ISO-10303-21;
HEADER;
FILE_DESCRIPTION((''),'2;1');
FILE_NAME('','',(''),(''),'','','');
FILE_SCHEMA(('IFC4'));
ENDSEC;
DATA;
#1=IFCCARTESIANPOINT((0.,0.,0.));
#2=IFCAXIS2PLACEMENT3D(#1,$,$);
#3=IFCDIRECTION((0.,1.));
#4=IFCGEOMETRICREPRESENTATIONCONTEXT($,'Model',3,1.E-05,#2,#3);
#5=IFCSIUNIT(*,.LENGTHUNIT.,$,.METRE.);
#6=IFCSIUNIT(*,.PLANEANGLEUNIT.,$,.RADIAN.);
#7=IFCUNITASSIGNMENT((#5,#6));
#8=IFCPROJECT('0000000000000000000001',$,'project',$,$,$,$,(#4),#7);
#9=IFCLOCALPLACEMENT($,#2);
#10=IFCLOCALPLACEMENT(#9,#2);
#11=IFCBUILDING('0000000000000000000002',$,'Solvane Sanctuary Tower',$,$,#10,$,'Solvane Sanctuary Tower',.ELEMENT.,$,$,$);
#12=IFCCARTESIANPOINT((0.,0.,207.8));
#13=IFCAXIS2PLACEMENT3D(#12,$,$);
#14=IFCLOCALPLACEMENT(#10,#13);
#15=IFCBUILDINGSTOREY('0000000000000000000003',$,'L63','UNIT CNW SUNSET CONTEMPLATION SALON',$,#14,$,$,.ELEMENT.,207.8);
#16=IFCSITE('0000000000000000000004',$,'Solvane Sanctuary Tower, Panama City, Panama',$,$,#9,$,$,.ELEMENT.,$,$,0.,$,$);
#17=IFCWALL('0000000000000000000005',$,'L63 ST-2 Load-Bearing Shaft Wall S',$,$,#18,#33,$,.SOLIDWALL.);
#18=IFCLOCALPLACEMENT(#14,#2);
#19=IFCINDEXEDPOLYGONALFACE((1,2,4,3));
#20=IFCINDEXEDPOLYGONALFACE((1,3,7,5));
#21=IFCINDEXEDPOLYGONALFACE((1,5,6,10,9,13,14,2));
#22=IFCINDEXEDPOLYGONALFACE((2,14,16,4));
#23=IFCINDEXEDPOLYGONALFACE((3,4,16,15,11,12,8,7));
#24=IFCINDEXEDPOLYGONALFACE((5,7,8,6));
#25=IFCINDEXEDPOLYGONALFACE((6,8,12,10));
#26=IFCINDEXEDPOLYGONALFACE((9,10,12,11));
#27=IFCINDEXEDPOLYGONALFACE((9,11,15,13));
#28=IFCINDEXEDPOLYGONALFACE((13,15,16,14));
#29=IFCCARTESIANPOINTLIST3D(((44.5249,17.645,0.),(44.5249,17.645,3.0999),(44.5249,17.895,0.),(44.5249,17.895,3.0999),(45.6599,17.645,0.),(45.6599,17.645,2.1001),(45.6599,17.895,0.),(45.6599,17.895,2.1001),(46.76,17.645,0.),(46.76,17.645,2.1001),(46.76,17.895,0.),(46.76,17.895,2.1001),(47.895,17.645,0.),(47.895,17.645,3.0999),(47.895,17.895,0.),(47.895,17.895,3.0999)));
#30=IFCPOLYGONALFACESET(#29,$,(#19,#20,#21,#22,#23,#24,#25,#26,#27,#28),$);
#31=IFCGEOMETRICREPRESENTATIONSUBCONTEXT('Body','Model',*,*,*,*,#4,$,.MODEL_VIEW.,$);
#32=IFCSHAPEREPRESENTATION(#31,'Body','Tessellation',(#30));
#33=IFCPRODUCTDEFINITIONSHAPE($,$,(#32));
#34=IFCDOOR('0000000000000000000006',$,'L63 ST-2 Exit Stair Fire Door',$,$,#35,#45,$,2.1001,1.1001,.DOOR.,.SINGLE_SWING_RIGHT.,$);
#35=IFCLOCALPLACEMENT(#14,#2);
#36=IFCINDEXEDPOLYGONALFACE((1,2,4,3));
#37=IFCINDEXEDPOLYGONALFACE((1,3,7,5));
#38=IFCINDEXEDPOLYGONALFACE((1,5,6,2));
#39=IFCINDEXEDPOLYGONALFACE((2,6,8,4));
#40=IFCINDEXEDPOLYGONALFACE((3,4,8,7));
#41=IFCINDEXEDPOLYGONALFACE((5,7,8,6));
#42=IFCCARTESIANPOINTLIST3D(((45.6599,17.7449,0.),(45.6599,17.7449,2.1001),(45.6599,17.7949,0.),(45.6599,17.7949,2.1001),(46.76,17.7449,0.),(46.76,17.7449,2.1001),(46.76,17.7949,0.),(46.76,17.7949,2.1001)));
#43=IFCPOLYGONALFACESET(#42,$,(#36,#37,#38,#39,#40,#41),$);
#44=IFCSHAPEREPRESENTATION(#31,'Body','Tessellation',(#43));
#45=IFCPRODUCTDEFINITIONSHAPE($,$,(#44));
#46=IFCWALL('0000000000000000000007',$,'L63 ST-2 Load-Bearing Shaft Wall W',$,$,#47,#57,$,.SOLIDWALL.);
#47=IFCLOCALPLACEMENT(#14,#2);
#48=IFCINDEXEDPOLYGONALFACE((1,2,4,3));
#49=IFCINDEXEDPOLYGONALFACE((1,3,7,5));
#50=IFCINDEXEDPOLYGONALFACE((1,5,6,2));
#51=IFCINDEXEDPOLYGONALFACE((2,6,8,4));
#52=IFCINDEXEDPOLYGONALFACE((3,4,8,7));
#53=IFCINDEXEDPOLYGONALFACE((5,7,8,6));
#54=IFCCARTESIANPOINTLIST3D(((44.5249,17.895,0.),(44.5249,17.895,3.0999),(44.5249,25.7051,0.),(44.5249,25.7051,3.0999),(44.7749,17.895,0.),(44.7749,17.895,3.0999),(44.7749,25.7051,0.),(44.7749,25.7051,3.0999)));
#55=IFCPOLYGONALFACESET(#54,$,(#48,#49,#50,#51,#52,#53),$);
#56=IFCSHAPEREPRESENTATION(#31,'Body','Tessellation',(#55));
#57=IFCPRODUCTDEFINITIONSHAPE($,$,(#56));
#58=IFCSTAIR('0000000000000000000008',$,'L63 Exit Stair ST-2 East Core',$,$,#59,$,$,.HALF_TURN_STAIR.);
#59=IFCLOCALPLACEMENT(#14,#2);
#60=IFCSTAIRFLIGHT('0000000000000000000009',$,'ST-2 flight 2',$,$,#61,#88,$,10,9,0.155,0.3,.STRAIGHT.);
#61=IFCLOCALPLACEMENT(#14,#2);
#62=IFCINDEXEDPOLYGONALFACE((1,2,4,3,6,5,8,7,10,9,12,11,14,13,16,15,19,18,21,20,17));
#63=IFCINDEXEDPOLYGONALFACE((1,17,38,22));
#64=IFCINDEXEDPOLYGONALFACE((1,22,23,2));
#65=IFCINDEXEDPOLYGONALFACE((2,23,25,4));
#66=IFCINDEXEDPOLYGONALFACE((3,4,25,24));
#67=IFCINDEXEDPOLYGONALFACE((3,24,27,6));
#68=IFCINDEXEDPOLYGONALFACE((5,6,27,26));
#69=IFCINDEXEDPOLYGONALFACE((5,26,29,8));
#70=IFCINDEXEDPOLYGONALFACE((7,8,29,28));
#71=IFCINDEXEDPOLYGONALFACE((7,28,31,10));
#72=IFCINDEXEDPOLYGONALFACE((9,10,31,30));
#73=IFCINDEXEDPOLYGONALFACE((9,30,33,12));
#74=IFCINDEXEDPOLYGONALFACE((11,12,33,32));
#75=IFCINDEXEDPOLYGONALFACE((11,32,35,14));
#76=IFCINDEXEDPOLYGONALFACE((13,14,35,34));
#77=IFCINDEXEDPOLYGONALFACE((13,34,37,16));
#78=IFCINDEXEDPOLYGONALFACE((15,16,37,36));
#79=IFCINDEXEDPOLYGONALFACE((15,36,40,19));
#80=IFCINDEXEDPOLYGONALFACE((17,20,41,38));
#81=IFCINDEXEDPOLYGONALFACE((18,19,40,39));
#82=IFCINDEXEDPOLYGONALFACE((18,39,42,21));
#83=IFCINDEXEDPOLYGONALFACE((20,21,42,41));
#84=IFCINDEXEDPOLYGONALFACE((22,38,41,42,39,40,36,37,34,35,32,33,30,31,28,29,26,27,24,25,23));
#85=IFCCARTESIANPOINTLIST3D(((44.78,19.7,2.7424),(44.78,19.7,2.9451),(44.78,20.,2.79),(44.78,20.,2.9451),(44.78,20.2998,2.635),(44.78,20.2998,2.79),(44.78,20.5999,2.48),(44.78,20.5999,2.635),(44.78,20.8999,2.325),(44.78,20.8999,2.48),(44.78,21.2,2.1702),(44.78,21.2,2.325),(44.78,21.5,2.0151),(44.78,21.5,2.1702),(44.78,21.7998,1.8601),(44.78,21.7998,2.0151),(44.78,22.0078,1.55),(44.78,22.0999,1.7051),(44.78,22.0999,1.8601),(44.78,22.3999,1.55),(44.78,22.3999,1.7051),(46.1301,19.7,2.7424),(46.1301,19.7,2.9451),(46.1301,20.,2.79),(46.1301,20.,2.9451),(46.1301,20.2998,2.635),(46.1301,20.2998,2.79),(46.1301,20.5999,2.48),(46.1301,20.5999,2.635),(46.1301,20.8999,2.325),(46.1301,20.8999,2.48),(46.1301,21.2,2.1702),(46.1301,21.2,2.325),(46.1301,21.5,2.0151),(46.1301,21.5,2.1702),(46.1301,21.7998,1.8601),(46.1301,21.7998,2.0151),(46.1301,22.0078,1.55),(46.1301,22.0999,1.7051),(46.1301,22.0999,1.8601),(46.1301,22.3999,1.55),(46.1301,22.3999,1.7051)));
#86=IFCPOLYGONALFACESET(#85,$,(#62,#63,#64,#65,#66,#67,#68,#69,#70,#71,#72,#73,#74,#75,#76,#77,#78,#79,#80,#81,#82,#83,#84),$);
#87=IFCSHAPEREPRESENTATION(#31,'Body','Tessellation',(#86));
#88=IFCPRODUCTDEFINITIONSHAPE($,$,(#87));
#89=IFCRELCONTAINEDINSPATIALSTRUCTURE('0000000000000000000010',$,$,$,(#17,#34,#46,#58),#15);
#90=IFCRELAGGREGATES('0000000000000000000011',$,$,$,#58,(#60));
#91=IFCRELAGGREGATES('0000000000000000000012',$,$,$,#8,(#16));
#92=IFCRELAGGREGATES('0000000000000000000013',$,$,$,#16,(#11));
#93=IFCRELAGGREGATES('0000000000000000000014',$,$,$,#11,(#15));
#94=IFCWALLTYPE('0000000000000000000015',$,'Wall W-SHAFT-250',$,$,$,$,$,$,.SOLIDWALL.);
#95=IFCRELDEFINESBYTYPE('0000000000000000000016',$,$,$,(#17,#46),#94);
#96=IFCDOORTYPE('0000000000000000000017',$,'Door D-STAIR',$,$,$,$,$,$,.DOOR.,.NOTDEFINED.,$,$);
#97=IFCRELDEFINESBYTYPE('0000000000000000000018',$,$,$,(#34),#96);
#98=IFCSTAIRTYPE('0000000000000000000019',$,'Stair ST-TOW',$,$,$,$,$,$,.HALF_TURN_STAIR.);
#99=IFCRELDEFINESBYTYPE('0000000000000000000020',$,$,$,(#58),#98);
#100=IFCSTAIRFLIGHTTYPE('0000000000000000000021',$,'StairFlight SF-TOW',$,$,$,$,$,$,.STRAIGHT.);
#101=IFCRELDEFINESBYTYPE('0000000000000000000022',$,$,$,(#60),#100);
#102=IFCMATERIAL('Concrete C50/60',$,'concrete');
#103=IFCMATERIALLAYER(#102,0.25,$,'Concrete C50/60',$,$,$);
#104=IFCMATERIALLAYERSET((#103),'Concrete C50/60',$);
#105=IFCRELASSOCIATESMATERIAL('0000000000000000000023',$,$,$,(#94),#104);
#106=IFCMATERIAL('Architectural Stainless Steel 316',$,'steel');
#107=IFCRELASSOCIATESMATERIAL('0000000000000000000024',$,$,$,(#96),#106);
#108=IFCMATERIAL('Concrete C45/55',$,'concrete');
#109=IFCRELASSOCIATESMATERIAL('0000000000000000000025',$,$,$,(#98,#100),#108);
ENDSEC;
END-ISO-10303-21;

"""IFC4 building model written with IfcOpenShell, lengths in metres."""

from ifc_helpers import new_model, si_unit, direction, frame, frame_2d, origin, place, context, subcontext, project, spatial, polyline, rectangle, outline, extrude, material, layer, layer_set, type_object, element, fill, aggregate, save


model = new_model("IFC4")

# Units and contexts
model_context = context("Model", 3, precision=1e-05, world=origin(), true_north=direction((0.0, 1.0)))
body_context = subcontext(model_context, "Body", "Model", "MODEL_VIEW")
ifc_project = project(units=[si_unit("LENGTHUNIT", "METRE"), si_unit("PLANEANGLEUNIT", "RADIAN")], contexts=[model_context])

# Site, building, storey
site_placement = place(None, origin())
site = spatial("IfcSite", under=ifc_project, at=site_placement, Name="Solvane Sanctuary Tower, Panama City, Panama", CompositionType="ELEMENT", RefElevation=0.0)
building_placement = place(site_placement, origin())
building = spatial("IfcBuilding", under=site, at=building_placement, Name="Solvane Sanctuary Tower", LongName="Solvane Sanctuary Tower", CompositionType="ELEMENT")
storey_placement = place(building_placement, frame((0.0, 0.0, 207.8)))
storey = spatial("IfcBuildingStorey", under=building, at=storey_placement, Name="L63", Description="UNIT CNW SUNSET CONTEMPLATION SALON", CompositionType="ELEMENT", Elevation=207.8)

# Shared definitions
ifc_material_1 = material(Name="Concrete C50/60", Category="concrete")

# Shared definitions
ifc_material_2 = material(Name="Architectural Stainless Steel 316", Category="steel")

# Wall, opening, door
ifc_layer_1 = layer(ifc_material_1, 0.25, Name="Concrete C50/60")
ifc_layer_set_1 = layer_set([ifc_layer_1], Name="Concrete C50/60")
wall_type_1 = type_object("IfcWallType", Name="Wall W-SHAFT-250", PredefinedType="SOLIDWALL", material=ifc_layer_set_1)
wall_1_placement = place(storey_placement, frame((44.5249, 17.77, 0.0), z_axis=(0.0, 0.0, 1.0), x_axis=(1.0, 0.0, 0.0)))
wall_1 = element("IfcWall", 1, at=wall_1_placement, inside=storey, type_object=wall_type_1, Name="L63 ST-2 Load-Bearing Shaft Wall S", PredefinedType="SOLIDWALL", context=body_context, shape_type="SweptSolid", body=[
    extrude(rectangle(XDim=3.3701, YDim=0.25, at=frame_2d((1.6851, 0.0))), origin(), (0.0, 0.0, 1.0), 3.0999),
])
opening_1_placement = place(wall_1_placement, frame((1.135, 0.0, 0.0)))
opening_1 = element("IfcOpeningElement", 2, at=opening_1_placement, cuts=wall_1, PredefinedType="OPENING", context=body_context, shape_type="SweptSolid", body=[
    extrude(rectangle(XDim=1.1001, YDim=2.1001, at=frame_2d((0.55, 1.05))), frame((0.0, 0.135, 0.0), z_axis=(0.0, -1.0, 0.0), x_axis=(1.0, 0.0, 0.0)), (0.0, 0.0, 1.0), 0.27),
])
door_type_1 = type_object("IfcDoorType", Name="Door D-STAIR", OperationType="NOTDEFINED", PredefinedType="DOOR", material=ifc_material_2)
door_1_placement = place(opening_1_placement, origin())
door_1 = element("IfcDoor", 3, at=door_1_placement, inside=storey, type_object=door_type_1, Name="L63 ST-2 Exit Stair Fire Door", OperationType="SINGLE_SWING_RIGHT", OverallHeight=2.1001, OverallWidth=1.1001, PredefinedType="DOOR", context=body_context, shape_type="SweptSolid", body=[
    extrude(rectangle(XDim=1.1001, YDim=2.1001, at=frame_2d((0.55, 1.05))), frame((0.0, 0.0249, 0.0), z_axis=(0.0, -1.0, 0.0), x_axis=(1.0, 0.0, 0.0)), (0.0, 0.0, 1.0), 0.05),
])
fill(opening_1, door_1)

# Wall
wall_2_placement = place(storey_placement, frame((44.6499, 17.895, 0.0), z_axis=(0.0, 0.0, 1.0), x_axis=(0.0, 1.0, 0.0)))
element("IfcWall", 4, at=wall_2_placement, inside=storey, type_object=wall_type_1, Name="L63 ST-2 Load-Bearing Shaft Wall W", PredefinedType="SOLIDWALL", context=body_context, shape_type="SweptSolid", body=[
    extrude(rectangle(XDim=7.8101, YDim=0.25, at=frame_2d((3.905, 0.0))), origin(), (0.0, 0.0, 1.0), 3.0999),
])

# Stair, stair flight
ifc_material_3 = material(Name="Concrete C45/55", Category="concrete")
stair_type = type_object("IfcStairType", Name="Stair ST-TOW", PredefinedType="HALF_TURN_STAIR", material=ifc_material_3)
stair_placement = place(storey_placement, origin())
stair = element("IfcStair", 5, at=stair_placement, inside=storey, type_object=stair_type, Name="L63 Exit Stair ST-2 East Core", PredefinedType="HALF_TURN_STAIR")
stair_flight_type = type_object("IfcStairFlightType", Name="StairFlight SF-TOW", PredefinedType="STRAIGHT", material=ifc_material_3)
stair_flight_placement = place(storey_placement, frame((45.4551, 22.3999, 1.55), z_axis=(0.0, 0.0, 1.0), x_axis=(0.0, -1.0, 0.0)))
stair_flight = element("IfcStairFlight", 6, at=stair_flight_placement, type_object=stair_flight_type, Name="ST-2 flight 2", NumberOfRisers=10, NumberOfTreads=9, PredefinedType="STRAIGHT", RiserHeight=0.155, TreadLength=0.3, context=body_context, shape_type="SweptSolid", body=[
    extrude(outline(polyline([(0.0, 0.0), (0.0, 0.155), (0.3, 0.155), (0.3, 0.3101), (0.6001, 0.3101), (0.6001, 0.4651), (0.8999, 0.4651), (0.8999, 0.6201), (1.2, 0.6201), (1.2, 0.7749), (1.5, 0.7749), (1.5, 0.9299), (1.8, 0.9299), (1.8, 1.085), (2.1001, 1.085), (2.1001, 1.24), (2.3999, 1.24), (2.3999, 1.395), (2.7, 1.395), (2.7, 1.55), (2.7, 1.1924), (0.3921, 0.0), (0.0, 0.0)])), frame((0.0, 0.675, 0.0), z_axis=(0.0, -1.0, 0.0), x_axis=(1.0, 0.0, 0.0)), (0.0, 0.0, 1.0), 1.3501),
])
aggregate(stair, [stair_flight])

save(model, "model.ifc")
